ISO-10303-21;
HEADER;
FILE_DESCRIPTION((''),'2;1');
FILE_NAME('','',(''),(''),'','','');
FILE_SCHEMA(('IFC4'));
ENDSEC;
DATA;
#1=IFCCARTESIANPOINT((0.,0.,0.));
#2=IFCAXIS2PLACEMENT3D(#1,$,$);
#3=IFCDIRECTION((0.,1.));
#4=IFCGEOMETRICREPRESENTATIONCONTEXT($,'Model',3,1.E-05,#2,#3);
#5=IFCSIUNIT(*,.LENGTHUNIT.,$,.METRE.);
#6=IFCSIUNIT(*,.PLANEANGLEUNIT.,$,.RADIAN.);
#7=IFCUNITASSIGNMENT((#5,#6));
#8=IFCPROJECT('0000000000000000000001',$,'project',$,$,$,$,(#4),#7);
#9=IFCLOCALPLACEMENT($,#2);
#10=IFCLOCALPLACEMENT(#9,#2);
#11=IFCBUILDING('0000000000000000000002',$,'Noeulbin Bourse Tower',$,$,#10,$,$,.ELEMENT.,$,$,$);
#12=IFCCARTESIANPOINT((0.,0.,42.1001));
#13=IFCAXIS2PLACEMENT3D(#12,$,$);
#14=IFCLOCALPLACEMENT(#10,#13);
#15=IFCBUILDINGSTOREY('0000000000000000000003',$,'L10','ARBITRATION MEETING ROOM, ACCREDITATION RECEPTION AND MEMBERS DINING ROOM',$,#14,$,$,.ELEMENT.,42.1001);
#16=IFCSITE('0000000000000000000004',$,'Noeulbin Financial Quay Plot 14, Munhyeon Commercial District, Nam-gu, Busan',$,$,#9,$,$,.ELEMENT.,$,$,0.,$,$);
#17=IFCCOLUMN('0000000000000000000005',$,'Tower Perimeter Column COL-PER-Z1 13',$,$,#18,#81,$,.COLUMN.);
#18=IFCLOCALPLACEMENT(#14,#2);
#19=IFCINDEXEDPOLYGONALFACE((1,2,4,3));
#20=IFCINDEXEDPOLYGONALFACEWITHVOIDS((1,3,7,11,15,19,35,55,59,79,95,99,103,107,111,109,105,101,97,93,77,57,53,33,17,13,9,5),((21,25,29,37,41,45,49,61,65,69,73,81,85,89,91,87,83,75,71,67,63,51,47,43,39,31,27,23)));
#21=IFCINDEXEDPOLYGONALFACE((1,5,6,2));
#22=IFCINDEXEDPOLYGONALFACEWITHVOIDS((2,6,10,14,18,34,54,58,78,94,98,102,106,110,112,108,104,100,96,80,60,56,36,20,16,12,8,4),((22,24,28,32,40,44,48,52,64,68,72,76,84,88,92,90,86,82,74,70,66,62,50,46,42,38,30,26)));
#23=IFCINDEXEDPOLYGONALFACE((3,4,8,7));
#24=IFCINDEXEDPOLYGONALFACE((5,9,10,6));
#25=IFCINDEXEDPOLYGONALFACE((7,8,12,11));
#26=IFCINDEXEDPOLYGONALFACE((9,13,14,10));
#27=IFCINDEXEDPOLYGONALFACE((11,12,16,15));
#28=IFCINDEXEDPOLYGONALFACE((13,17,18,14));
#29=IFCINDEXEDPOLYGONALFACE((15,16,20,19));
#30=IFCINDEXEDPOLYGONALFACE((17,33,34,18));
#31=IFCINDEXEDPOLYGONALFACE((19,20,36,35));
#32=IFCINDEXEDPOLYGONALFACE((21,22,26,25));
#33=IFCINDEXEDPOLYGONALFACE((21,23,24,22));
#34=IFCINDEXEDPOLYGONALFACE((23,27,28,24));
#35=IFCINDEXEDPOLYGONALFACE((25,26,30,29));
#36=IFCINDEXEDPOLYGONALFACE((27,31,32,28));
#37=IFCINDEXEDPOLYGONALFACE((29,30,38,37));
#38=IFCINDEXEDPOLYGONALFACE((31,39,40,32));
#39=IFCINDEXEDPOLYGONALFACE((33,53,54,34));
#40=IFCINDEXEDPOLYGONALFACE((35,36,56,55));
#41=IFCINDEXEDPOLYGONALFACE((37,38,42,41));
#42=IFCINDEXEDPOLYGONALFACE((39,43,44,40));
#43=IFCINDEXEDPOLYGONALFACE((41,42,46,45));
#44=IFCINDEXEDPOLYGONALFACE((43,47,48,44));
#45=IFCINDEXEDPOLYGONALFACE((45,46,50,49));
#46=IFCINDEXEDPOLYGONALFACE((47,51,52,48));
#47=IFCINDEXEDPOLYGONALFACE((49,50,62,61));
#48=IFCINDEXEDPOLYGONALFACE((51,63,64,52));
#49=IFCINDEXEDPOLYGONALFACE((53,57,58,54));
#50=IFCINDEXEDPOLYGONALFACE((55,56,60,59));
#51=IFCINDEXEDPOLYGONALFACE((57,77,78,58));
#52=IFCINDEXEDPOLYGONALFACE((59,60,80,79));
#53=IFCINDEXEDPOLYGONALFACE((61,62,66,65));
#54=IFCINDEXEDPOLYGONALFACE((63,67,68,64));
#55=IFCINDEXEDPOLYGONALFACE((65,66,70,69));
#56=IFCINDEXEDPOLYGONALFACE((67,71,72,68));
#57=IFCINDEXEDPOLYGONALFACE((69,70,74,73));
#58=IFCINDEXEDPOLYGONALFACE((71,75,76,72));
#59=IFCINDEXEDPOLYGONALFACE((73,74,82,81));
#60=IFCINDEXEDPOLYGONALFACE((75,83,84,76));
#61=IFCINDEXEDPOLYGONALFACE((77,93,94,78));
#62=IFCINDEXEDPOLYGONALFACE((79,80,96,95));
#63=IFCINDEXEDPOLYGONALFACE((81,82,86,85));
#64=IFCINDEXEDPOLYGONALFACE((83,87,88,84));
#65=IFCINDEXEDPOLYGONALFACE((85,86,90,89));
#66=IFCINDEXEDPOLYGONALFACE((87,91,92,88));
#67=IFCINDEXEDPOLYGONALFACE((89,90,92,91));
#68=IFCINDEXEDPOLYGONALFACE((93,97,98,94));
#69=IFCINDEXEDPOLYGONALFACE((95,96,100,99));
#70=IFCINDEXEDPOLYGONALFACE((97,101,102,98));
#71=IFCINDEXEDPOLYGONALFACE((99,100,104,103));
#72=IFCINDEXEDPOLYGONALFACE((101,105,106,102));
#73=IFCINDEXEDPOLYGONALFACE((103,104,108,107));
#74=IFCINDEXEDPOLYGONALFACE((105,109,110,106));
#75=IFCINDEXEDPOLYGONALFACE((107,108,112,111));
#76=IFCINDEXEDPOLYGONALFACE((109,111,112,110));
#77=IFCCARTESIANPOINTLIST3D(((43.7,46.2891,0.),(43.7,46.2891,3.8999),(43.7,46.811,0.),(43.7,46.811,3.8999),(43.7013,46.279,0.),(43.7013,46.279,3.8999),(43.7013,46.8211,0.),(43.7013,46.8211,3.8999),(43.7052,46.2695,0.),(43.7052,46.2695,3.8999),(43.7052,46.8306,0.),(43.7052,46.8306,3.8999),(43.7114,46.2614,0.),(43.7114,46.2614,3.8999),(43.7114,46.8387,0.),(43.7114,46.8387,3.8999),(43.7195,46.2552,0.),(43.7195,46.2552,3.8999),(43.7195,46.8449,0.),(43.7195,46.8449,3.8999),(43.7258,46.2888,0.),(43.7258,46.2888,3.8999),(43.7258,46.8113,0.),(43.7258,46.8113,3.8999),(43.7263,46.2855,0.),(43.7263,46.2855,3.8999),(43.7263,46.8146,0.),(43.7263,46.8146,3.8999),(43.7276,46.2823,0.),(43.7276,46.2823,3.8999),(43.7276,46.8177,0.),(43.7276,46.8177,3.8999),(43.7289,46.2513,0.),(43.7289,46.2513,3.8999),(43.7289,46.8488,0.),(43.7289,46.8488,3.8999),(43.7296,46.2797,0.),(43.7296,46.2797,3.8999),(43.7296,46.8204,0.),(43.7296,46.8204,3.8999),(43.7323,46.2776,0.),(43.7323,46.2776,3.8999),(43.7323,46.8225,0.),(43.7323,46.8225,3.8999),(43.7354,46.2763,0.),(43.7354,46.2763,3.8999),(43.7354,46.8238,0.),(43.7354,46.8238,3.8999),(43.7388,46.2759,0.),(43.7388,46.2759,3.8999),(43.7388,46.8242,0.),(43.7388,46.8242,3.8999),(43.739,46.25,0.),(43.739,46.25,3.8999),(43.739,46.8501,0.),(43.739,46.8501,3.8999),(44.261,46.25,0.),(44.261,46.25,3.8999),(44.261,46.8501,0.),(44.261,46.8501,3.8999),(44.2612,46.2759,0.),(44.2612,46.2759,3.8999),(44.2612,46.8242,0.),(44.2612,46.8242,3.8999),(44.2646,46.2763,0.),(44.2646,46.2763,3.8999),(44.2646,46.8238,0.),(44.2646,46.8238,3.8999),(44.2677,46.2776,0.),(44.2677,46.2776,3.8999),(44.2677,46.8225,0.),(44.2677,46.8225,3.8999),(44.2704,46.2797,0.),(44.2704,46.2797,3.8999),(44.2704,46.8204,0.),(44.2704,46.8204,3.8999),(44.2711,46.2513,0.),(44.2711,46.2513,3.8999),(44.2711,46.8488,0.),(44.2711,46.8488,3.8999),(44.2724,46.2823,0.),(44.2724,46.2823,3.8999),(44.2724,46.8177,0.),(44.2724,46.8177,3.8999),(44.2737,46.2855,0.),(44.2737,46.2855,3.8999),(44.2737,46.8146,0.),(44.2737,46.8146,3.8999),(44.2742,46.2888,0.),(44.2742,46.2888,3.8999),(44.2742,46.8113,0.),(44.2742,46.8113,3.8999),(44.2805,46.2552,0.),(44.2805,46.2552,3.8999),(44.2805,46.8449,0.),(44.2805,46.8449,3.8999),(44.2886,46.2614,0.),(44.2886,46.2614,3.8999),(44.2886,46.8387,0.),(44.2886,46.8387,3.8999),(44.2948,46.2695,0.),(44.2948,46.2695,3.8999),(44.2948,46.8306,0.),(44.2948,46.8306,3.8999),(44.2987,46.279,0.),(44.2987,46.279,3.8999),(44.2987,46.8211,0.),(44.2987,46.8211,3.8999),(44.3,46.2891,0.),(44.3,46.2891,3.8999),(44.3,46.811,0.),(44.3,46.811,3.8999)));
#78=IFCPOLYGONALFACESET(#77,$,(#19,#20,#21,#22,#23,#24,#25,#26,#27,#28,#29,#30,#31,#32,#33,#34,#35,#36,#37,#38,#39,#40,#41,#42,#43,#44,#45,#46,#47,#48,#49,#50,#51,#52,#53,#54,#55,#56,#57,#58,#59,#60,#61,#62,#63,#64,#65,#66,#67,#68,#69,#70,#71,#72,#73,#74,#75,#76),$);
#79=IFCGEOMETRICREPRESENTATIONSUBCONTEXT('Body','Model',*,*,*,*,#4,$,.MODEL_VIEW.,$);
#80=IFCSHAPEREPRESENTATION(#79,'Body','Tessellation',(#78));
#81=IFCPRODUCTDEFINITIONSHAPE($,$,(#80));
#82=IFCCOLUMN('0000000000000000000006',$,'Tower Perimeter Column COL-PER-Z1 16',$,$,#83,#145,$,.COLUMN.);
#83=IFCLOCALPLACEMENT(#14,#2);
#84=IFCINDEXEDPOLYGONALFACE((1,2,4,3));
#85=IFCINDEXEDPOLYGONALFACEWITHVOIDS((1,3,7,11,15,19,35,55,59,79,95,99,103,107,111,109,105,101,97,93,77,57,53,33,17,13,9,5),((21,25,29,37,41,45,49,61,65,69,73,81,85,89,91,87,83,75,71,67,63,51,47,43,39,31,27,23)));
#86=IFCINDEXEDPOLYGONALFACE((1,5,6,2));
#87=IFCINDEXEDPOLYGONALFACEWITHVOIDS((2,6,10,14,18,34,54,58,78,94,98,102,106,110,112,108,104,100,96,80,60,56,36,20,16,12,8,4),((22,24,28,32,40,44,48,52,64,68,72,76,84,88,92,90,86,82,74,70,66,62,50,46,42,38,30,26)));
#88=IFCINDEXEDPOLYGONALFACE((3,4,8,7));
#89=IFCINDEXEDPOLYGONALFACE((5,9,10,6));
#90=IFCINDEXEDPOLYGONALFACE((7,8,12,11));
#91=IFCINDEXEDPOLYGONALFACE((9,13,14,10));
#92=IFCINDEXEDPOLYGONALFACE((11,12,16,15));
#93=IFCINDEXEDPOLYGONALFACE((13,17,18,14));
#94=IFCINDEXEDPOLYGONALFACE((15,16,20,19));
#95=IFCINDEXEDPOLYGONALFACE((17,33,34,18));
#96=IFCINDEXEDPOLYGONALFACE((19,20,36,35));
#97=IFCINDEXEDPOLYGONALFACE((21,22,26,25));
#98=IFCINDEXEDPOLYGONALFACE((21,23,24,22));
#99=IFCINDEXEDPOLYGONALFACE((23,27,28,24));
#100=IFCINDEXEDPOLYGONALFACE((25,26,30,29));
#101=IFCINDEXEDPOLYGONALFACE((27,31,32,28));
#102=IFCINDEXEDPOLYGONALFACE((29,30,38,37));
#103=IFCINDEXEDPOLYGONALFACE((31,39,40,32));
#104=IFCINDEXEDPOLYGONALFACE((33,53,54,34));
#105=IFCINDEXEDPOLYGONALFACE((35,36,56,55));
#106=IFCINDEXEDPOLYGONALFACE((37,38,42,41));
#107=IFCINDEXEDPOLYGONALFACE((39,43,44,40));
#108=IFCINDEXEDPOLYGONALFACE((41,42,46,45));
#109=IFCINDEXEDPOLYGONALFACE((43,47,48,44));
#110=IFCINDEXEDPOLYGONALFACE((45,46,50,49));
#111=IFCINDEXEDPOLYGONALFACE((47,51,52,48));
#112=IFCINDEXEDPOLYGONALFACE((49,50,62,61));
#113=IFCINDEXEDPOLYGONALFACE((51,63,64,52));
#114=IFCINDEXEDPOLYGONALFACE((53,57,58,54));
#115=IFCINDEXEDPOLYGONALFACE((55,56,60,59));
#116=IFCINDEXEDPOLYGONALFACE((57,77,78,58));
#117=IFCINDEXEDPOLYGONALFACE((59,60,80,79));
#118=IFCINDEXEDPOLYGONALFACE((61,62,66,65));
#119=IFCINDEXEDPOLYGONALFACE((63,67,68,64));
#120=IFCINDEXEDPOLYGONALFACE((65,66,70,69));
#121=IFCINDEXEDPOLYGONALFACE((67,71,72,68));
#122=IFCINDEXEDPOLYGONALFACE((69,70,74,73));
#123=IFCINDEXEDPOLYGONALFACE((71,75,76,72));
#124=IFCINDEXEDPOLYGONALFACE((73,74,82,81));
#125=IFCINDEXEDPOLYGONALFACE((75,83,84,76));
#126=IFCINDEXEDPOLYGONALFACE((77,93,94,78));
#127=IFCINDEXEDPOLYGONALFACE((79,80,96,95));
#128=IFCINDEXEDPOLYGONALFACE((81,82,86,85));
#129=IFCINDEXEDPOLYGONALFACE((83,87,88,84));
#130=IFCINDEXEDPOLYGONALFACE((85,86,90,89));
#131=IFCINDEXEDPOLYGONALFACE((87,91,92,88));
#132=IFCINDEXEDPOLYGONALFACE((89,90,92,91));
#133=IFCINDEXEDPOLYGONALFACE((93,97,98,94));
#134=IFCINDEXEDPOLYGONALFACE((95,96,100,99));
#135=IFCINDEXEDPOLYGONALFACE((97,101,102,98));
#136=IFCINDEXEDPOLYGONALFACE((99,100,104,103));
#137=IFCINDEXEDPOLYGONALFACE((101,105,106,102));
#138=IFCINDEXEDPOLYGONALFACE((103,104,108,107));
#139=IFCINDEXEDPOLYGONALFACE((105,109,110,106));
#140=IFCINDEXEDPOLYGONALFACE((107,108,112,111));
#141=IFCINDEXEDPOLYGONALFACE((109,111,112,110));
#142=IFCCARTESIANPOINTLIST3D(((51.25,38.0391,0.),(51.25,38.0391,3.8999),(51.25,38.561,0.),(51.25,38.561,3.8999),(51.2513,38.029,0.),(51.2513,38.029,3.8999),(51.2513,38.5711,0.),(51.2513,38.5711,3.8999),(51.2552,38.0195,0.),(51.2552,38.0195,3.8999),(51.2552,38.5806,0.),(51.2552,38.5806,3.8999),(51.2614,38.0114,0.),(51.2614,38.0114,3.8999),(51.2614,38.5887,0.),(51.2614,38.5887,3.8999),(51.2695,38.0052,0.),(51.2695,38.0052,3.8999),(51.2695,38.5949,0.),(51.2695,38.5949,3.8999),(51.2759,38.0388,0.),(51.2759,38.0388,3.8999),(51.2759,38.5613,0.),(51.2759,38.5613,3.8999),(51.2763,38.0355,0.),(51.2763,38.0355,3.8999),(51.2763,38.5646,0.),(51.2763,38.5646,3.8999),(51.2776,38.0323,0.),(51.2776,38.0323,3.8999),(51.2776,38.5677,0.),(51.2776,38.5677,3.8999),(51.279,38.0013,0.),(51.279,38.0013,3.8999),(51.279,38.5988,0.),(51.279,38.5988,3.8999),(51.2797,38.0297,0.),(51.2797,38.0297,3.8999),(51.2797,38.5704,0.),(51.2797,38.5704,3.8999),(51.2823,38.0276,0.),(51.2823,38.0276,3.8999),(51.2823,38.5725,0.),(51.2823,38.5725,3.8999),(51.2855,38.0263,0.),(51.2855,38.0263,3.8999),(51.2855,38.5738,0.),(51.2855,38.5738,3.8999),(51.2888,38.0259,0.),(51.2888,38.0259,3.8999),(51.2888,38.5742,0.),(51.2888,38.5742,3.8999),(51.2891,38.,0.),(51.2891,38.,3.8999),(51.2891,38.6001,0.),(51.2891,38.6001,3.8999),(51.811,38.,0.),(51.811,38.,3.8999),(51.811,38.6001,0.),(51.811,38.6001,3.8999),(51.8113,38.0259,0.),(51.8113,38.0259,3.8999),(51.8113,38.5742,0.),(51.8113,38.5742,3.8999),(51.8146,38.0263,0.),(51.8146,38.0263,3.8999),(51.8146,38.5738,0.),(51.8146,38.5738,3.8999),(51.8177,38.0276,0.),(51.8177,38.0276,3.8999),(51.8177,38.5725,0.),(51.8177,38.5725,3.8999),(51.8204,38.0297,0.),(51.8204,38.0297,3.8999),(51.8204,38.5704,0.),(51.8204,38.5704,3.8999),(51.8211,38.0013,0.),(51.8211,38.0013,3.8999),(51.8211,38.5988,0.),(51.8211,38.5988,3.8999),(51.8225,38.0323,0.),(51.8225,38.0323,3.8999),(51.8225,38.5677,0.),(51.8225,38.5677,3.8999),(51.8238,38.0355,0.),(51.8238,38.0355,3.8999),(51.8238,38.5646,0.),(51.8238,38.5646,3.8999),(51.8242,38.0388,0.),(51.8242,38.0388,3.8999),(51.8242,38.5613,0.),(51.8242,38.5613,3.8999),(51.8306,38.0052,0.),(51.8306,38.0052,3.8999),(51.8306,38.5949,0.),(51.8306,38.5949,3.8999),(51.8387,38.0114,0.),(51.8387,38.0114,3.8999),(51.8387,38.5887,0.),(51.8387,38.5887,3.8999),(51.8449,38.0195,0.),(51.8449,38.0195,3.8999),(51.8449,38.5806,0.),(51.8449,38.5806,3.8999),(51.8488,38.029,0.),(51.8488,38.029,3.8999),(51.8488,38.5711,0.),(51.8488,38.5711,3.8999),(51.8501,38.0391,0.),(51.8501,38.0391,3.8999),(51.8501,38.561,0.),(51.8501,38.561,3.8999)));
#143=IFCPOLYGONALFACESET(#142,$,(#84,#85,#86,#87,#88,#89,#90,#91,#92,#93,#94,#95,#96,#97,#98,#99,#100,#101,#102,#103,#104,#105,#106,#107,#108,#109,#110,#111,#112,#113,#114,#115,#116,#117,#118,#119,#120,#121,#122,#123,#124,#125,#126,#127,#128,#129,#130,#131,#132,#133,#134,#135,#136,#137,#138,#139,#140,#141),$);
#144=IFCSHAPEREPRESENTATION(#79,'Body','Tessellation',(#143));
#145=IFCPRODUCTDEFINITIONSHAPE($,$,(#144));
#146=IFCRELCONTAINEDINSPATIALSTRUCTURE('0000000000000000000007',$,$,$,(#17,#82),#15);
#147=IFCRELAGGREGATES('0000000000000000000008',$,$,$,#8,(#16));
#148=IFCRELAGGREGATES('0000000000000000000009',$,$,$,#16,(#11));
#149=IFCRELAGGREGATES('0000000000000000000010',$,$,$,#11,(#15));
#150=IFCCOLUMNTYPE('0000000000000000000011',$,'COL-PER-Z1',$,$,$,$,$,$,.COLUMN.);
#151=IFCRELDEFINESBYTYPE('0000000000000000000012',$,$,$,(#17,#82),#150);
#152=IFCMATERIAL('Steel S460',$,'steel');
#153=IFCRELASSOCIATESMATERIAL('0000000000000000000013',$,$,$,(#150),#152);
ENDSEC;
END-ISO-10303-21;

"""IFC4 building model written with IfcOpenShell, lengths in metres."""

from ifc_helpers import new_model, si_unit, direction, frame, origin, origin_2d, place, context, subcontext, project, spatial, hollow_rectangle, extrude, material, material_profile, profile_set, type_object, element, save


model = new_model("IFC4")

# Units and contexts
model_context = context("Model", 3, precision=1e-05, world=origin(), true_north=direction((0.0, 1.0)))
body_context = subcontext(model_context, "Body", "Model", "MODEL_VIEW")
ifc_project = project(units=[si_unit("LENGTHUNIT", "METRE"), si_unit("PLANEANGLEUNIT", "RADIAN")], contexts=[model_context])

# Site, building, storey
site_placement = place(None, origin())
site = spatial("IfcSite", under=ifc_project, at=site_placement, Name="Noeulbin Financial Quay Plot 14, Munhyeon Commercial District, Nam-gu, Busan", CompositionType="ELEMENT", RefElevation=0.0)
building_placement = place(site_placement, origin())
building = spatial("IfcBuilding", under=site, at=building_placement, Name="Noeulbin Bourse Tower", CompositionType="ELEMENT")
storey_placement = place(building_placement, frame((0.0, 0.0, 42.1001)))
storey = spatial("IfcBuildingStorey", under=building, at=storey_placement, Name="L10", Description="ARBITRATION MEETING ROOM, ACCREDITATION RECEPTION AND MEMBERS DINING ROOM", CompositionType="ELEMENT", Elevation=42.1001)

# Columns
ifc_material_1 = material(Name="Steel S460", Category="steel")
ifc_material_profile_1 = material_profile(ifc_material_1, hollow_rectangle(XDim=0.6001, YDim=0.6001, WallThickness=0.0259, InnerFilletRadius=0.0129, OuterFilletRadius=0.0391, at=origin_2d()), Name="BOX-600x600x26", Category="LoadBearing")
ifc_profile_set_1 = profile_set([ifc_material_profile_1], Name="Steel S460")
column_type_1 = type_object("IfcColumnType", Name="COL-PER-Z1", PredefinedType="COLUMN", material=ifc_profile_set_1)
for number, where, z_axis, x_axis, name in (
    (1, (44.0, 46.55, 0.0), (0.0, 0.0, 1.0), (1.0, 0.0, 0.0), "Tower Perimeter Column COL-PER-Z1 13"),
    (2, (51.55, 38.3, 0.0), (0.0, 0.0, 1.0), (1.0, 0.0, 0.0), "Tower Perimeter Column COL-PER-Z1 16"),
):
    element("IfcColumn", number, at=place(storey_placement, frame(where, z_axis=z_axis, x_axis=x_axis)), inside=storey, type_object=column_type_1, Name=name, PredefinedType="COLUMN", context=body_context, shape_type="SweptSolid", body=[
        extrude(hollow_rectangle(XDim=0.6001, YDim=0.6001, WallThickness=0.0259, InnerFilletRadius=0.0129, OuterFilletRadius=0.0391, at=origin_2d()), origin(), (0.0, 0.0, 1.0), 3.8999),
    ])

save(model, "model.ifc")
